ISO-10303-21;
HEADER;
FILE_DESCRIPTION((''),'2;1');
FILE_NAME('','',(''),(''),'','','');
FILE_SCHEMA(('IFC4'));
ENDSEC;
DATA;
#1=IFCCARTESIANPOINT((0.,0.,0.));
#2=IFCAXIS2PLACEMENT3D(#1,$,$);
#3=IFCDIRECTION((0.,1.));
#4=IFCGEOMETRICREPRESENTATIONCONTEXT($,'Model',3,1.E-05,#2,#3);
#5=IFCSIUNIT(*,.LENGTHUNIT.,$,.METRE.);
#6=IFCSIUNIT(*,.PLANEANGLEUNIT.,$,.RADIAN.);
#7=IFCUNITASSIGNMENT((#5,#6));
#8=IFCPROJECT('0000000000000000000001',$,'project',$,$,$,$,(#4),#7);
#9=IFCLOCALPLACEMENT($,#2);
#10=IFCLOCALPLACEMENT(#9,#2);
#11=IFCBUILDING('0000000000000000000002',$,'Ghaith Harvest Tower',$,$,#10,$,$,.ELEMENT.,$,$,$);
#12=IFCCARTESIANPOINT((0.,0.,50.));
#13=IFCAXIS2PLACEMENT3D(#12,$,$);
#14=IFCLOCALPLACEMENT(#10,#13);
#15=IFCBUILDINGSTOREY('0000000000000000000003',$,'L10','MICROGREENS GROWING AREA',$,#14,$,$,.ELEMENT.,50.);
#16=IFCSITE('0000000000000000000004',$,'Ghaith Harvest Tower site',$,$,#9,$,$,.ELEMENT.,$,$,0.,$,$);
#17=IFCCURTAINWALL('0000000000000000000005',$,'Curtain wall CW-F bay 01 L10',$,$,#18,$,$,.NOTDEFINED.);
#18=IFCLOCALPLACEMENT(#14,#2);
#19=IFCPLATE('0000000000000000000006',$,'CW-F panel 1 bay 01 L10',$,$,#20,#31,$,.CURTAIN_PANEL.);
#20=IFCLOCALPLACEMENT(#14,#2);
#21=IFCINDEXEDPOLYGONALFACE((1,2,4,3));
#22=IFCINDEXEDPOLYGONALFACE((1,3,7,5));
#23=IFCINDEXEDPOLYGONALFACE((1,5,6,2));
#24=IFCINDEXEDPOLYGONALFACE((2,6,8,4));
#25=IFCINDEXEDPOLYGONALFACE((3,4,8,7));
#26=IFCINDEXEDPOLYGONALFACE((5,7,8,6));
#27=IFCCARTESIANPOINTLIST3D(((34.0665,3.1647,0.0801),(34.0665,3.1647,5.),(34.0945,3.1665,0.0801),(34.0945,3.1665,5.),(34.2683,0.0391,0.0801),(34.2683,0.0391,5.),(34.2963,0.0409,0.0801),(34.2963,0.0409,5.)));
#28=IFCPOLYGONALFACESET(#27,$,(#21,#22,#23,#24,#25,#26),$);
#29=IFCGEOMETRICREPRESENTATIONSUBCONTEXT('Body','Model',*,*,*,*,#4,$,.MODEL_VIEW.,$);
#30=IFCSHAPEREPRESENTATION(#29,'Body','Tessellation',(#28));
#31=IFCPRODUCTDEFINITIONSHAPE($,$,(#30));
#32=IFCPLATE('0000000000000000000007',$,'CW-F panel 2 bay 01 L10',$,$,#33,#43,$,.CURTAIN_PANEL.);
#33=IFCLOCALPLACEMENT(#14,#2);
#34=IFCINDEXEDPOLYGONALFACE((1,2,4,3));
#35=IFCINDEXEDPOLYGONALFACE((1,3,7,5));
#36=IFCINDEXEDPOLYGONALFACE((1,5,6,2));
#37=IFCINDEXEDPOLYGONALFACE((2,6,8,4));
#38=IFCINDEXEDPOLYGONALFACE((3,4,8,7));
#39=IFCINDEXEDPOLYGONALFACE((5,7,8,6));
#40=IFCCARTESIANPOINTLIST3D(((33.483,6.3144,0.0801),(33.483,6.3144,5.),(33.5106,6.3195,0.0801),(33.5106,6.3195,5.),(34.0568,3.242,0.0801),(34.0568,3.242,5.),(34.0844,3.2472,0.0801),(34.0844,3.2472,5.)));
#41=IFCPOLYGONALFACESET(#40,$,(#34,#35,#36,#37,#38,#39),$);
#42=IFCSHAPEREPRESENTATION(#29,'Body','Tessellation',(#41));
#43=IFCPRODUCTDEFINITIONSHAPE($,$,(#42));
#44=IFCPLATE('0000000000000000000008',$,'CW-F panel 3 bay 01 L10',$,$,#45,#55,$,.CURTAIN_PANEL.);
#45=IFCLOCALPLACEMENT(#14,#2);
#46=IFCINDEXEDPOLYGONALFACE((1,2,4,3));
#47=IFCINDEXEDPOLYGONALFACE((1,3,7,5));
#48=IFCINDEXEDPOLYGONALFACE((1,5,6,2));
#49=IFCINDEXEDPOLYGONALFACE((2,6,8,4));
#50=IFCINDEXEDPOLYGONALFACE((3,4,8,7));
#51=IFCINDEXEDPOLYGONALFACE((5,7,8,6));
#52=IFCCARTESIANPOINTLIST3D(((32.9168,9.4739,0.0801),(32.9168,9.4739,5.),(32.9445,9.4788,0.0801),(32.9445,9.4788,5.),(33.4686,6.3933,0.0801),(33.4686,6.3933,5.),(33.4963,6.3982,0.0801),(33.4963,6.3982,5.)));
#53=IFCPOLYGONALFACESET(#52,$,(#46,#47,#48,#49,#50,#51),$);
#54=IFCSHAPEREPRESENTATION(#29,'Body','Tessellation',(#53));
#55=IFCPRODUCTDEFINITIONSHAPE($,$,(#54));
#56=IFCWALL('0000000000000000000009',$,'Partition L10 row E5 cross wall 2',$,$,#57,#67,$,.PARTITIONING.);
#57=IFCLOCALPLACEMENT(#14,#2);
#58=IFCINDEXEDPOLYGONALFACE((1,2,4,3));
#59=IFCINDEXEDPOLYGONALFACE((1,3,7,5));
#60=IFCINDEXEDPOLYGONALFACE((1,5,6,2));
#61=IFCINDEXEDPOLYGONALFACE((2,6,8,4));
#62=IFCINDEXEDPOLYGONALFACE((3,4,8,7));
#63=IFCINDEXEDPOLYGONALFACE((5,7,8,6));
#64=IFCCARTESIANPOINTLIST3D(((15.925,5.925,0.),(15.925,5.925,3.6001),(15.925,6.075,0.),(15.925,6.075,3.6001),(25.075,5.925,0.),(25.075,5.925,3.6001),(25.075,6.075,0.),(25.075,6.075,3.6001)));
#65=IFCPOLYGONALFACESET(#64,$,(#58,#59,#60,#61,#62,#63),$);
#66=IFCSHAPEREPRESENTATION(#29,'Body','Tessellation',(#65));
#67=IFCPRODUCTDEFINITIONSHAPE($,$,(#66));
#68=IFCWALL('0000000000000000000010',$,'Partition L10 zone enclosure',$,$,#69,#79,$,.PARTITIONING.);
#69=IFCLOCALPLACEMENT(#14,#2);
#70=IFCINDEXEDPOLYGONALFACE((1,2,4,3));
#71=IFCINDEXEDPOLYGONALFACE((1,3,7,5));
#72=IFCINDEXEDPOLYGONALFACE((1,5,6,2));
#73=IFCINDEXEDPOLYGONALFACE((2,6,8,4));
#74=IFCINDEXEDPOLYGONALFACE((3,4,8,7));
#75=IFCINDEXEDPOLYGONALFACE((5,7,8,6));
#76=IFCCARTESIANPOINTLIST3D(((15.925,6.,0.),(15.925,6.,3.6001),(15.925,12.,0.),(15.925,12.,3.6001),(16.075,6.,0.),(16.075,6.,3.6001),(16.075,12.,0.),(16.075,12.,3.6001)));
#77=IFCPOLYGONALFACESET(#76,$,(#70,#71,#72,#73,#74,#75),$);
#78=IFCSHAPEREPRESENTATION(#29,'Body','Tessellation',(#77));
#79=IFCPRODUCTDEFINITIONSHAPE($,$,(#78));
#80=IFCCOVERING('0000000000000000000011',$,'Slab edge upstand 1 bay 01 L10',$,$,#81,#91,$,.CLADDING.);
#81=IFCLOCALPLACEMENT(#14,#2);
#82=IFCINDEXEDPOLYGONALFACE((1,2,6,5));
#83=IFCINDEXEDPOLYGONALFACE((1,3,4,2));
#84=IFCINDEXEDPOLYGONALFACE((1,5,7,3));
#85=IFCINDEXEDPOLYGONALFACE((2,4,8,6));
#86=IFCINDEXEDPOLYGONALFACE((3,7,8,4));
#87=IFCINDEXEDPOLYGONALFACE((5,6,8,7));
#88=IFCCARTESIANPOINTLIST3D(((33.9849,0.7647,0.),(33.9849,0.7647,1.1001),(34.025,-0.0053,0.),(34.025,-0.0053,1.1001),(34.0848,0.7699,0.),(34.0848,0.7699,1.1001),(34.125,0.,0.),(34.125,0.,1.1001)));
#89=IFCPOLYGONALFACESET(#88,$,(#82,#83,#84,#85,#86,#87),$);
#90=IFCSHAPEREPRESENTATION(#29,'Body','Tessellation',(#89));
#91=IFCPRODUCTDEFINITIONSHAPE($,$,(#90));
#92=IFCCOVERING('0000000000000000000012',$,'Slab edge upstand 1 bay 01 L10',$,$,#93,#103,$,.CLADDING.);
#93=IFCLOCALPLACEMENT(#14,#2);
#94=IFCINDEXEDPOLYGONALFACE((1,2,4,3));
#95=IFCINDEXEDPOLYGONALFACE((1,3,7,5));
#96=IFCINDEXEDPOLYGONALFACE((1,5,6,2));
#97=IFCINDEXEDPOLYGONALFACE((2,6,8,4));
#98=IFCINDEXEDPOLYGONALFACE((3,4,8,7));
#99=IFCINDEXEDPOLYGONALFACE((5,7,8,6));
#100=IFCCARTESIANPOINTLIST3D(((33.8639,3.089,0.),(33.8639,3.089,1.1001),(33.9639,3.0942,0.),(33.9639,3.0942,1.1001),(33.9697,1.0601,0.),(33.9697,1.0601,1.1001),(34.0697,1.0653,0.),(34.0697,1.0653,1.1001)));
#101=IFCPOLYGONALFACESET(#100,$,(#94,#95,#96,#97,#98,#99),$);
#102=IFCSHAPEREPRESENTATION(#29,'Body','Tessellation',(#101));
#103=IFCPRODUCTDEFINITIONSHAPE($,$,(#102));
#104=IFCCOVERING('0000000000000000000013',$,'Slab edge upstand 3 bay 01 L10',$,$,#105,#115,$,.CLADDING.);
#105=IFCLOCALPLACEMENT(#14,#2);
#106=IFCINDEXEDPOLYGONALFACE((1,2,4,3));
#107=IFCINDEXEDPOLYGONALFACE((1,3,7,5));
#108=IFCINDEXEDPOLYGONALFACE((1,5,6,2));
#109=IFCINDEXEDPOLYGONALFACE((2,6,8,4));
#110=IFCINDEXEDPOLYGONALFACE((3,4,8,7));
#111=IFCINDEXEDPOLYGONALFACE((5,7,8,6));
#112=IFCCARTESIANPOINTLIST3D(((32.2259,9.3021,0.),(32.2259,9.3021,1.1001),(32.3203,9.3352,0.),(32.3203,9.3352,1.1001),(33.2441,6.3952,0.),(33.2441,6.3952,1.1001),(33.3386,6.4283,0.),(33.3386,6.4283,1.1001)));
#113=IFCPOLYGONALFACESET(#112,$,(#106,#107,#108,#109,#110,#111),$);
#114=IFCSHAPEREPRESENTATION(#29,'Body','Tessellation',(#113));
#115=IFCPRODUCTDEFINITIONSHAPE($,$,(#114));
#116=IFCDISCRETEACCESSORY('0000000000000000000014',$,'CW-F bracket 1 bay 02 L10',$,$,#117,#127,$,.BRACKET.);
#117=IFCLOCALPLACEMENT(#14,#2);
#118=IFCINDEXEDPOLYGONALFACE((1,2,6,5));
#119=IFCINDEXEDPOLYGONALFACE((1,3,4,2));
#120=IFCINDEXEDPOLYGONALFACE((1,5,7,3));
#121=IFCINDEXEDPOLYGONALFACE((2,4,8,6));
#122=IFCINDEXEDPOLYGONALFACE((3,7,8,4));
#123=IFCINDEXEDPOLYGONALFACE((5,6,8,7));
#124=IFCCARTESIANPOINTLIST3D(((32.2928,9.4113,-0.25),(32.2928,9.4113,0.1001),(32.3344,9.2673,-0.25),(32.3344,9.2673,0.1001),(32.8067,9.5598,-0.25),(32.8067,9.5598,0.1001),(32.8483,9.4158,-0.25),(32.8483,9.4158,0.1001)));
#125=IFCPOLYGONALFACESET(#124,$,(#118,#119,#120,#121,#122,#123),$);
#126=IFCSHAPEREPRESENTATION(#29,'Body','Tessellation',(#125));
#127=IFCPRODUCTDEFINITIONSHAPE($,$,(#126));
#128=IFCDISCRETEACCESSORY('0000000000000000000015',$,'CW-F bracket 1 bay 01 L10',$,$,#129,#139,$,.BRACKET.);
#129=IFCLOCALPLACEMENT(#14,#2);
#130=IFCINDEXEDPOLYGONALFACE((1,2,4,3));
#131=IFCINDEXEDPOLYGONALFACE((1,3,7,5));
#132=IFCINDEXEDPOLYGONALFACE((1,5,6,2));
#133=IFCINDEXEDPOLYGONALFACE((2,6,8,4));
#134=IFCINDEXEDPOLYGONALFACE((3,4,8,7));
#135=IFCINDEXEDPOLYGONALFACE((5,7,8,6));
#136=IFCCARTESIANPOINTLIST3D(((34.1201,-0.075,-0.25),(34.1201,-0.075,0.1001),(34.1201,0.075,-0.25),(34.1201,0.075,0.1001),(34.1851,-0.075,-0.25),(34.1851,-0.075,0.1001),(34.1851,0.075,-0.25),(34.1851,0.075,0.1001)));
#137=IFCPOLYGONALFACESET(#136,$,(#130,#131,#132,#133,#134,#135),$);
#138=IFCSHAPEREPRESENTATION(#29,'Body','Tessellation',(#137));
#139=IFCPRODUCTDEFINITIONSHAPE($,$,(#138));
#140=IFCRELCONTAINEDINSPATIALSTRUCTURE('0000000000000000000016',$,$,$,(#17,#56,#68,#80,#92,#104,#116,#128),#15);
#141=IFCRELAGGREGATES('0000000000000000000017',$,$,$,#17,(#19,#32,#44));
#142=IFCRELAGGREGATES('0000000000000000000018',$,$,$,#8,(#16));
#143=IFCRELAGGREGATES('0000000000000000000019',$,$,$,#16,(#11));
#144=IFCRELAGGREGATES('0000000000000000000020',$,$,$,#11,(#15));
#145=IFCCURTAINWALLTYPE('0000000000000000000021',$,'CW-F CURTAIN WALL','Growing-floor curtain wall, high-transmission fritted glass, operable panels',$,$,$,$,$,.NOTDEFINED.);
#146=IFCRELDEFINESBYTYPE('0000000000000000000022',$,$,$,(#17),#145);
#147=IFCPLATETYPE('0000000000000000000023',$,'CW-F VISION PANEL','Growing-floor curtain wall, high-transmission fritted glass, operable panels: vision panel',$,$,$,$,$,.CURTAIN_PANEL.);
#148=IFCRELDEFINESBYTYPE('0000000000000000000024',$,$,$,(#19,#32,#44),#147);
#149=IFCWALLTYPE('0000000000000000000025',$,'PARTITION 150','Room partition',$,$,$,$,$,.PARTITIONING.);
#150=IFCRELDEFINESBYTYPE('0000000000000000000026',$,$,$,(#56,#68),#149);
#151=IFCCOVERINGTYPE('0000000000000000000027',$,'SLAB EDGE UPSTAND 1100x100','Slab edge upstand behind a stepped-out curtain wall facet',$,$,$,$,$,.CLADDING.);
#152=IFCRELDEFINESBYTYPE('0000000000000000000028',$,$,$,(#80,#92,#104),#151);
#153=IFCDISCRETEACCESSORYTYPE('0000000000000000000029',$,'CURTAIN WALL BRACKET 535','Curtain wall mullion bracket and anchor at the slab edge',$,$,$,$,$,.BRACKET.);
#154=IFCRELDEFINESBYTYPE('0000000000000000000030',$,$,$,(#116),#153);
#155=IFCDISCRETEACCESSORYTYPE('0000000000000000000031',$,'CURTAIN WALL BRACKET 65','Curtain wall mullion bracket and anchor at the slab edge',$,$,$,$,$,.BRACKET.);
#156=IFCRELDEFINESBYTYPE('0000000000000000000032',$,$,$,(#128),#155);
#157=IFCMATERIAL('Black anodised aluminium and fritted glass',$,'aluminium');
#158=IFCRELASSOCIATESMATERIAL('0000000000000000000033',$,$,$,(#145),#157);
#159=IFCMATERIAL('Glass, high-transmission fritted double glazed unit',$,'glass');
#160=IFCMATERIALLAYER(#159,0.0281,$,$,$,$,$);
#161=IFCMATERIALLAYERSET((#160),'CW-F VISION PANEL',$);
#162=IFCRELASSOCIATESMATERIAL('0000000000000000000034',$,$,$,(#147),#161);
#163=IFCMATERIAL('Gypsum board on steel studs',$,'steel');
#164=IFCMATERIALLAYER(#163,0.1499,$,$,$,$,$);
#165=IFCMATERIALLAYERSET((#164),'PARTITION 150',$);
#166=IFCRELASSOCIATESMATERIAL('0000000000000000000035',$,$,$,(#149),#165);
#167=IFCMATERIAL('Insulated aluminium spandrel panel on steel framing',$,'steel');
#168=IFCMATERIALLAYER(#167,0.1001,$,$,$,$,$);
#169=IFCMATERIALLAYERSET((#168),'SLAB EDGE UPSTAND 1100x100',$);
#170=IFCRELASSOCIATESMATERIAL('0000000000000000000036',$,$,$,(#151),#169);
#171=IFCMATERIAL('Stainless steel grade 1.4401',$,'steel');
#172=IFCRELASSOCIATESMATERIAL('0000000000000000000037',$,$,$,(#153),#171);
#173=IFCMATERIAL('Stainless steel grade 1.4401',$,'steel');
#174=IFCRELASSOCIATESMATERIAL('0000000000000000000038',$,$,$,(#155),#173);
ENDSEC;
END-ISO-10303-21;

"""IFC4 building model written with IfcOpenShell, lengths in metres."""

from ifc_helpers import new_model, si_unit, direction, frame, frame_2d, origin, origin_2d, place, context, subcontext, project, spatial, rectangle, extrude, material, layer, layer_set, type_object, element, aggregate, save


model = new_model("IFC4")

# Units and contexts
model_context = context("Model", 3, precision=1e-05, world=origin(), true_north=direction((0.0, 1.0)))
body_context = subcontext(model_context, "Body", "Model", "MODEL_VIEW")
ifc_project = project(units=[si_unit("LENGTHUNIT", "METRE"), si_unit("PLANEANGLEUNIT", "RADIAN")], contexts=[model_context])

# Site, building, storey
site_placement = place(None, origin())
site = spatial("IfcSite", under=ifc_project, at=site_placement, Name="Ghaith Harvest Tower site", CompositionType="ELEMENT", RefElevation=0.0)
building_placement = place(site_placement, origin())
building = spatial("IfcBuilding", under=site, at=building_placement, Name="Ghaith Harvest Tower", CompositionType="ELEMENT")
storey_placement = place(building_placement, frame((0.0, 0.0, 50.0)))
storey = spatial("IfcBuildingStorey", under=building, at=storey_placement, Name="L10", Description="MICROGREENS GROWING AREA", CompositionType="ELEMENT", Elevation=50.0)

# Curtain wall
ifc_material_1 = material(Name="Black anodised aluminium and fritted glass", Category="aluminium")
curtain_wall_type = type_object("IfcCurtainWallType", Name="CW-F CURTAIN WALL", Description="Growing-floor curtain wall, high-transmission fritted glass, operable panels", PredefinedType="NOTDEFINED", material=ifc_material_1)
curtain_wall_1_placement = place(storey_placement, origin())
curtain_wall_1 = element("IfcCurtainWall", 1, at=curtain_wall_1_placement, inside=storey, type_object=curtain_wall_type, Name="Curtain wall CW-F bay 01 L10", PredefinedType="NOTDEFINED")

# Plates
ifc_material_2 = material(Name="Glass, high-transmission fritted double glazed unit", Category="glass")
ifc_layer_1 = layer(ifc_material_2, 0.0281)
ifc_layer_set_1 = layer_set([ifc_layer_1], Name="CW-F VISION PANEL")
plate_type = type_object("IfcPlateType", Name="CW-F VISION PANEL", Description="Growing-floor curtain wall, high-transmission fritted glass, operable panels: vision panel", PredefinedType="CURTAIN_PANEL", material=ifc_layer_set_1)
plate_1_placement = place(storey_placement, frame((34.1814, 1.6028, 0.0801), z_axis=(0.0, 0.0, 1.0), x_axis=(-0.064446, 0.997921, 0.0)))
plate_1 = element("IfcPlate", 2, at=plate_1_placement, type_object=plate_type, Name="CW-F panel 1 bay 01 L10", PredefinedType="CURTAIN_PANEL", context=body_context, shape_type="SweptSolid", body=[
    extrude(rectangle(XDim=3.1321, YDim=0.0281, at=origin_2d()), origin(), (0.0, 0.0, 1.0), 4.9199),
])
plate_2_placement = place(storey_placement, frame((33.7837, 4.7808, 0.0801), z_axis=(0.0, 0.0, 1.0), x_axis=(-0.183569, 0.983007, 0.0)))
plate_2 = element("IfcPlate", 3, at=plate_2_placement, type_object=plate_type, Name="CW-F panel 2 bay 01 L10", PredefinedType="CURTAIN_PANEL", context=body_context, shape_type="SweptSolid", body=[
    extrude(rectangle(XDim=3.1255, YDim=0.0281, at=origin_2d()), origin(), (0.0, 0.0, 1.0), 4.9199),
])
plate_3_placement = place(storey_placement, frame((33.2065, 7.936, 0.0801), z_axis=(0.0, 0.0, 1.0), x_axis=(-0.17632, 0.984333, 0.0)))
plate_3 = element("IfcPlate", 4, at=plate_3_placement, type_object=plate_type, Name="CW-F panel 3 bay 01 L10", PredefinedType="CURTAIN_PANEL", context=body_context, shape_type="SweptSolid", body=[
    extrude(rectangle(XDim=3.1296, YDim=0.0281, at=origin_2d()), origin(), (0.0, 0.0, 1.0), 4.9199),
])
aggregate(curtain_wall_1, [plate_1, plate_2, plate_3])

# Walls
ifc_material_3 = material(Name="Gypsum board on steel studs", Category="steel")
ifc_layer_2 = layer(ifc_material_3, 0.1499)
ifc_layer_set_2 = layer_set([ifc_layer_2], Name="PARTITION 150")
wall_type_1 = type_object("IfcWallType", Name="PARTITION 150", Description="Room partition", PredefinedType="PARTITIONING", material=ifc_layer_set_2)
wall_1_placement = place(storey_placement, frame((15.925, 6.0, 0.0), z_axis=(0.0, 0.0, 1.0), x_axis=(1.0, 0.0, 0.0)))
element("IfcWall", 5, at=wall_1_placement, inside=storey, type_object=wall_type_1, Name="Partition L10 row E5 cross wall 2", PredefinedType="PARTITIONING", context=body_context, shape_type="SweptSolid", body=[
    extrude(rectangle(XDim=9.1499, YDim=0.1499, at=frame_2d((4.575, 0.0))), origin(), (0.0, 0.0, 1.0), 3.6001),
])
wall_2_placement = place(storey_placement, frame((16.0, 6.0, 0.0), z_axis=(0.0, 0.0, 1.0), x_axis=(0.0, 1.0, 0.0)))
element("IfcWall", 6, at=wall_2_placement, inside=storey, type_object=wall_type_1, Name="Partition L10 zone enclosure", PredefinedType="PARTITIONING", context=body_context, shape_type="SweptSolid", body=[
    extrude(rectangle(XDim=6.0, YDim=0.1499, at=frame_2d((3.0, 0.0))), origin(), (0.0, 0.0, 1.0), 3.6001),
])

# Coverings
ifc_material_4 = material(Name="Insulated aluminium spandrel panel on steel framing", Category="steel")
ifc_layer_3 = layer(ifc_material_4, 0.1001)
ifc_layer_set_3 = layer_set([ifc_layer_3], Name="SLAB EDGE UPSTAND 1100x100")
covering_type = type_object("IfcCoveringType", Name="SLAB EDGE UPSTAND 1100x100", Description="Slab edge upstand behind a stepped-out curtain wall facet", PredefinedType="CLADDING", material=ifc_layer_set_3)
covering_1_placement = place(storey_placement, frame((34.0549, 0.3823, 0.0), z_axis=(0.0, 0.0, 1.0), x_axis=(-0.052049, 0.998645, 0.0)))
element("IfcCovering", 7, at=covering_1_placement, inside=storey, type_object=covering_type, Name="Slab edge upstand 1 bay 01 L10", PredefinedType="CLADDING", context=body_context, shape_type="SweptSolid", body=[
    extrude(rectangle(XDim=0.771, YDim=0.1001, at=origin_2d()), origin(), (0.0, 0.0, 1.0), 1.1001),
])
covering_2_placement = place(storey_placement, frame((33.9668, 2.0771, 0.0), z_axis=(0.0, 0.0, 1.0), x_axis=(-0.052049, 0.998645, 0.0)))
element("IfcCovering", 8, at=covering_2_placement, inside=storey, type_object=covering_type, Name="Slab edge upstand 1 bay 01 L10", PredefinedType="CLADDING", context=body_context, shape_type="SweptSolid", body=[
    extrude(rectangle(XDim=2.0317, YDim=0.1001, at=origin_2d()), origin(), (0.0, 0.0, 1.0), 1.1001),
])
covering_3_placement = place(storey_placement, frame((32.7822, 7.8652, 0.0), z_axis=(0.0, 0.0, 1.0), x_axis=(-0.330598, 0.943772, 0.0)))
element("IfcCovering", 9, at=covering_3_placement, inside=storey, type_object=covering_type, Name="Slab edge upstand 3 bay 01 L10", PredefinedType="CLADDING", context=body_context, shape_type="SweptSolid", body=[
    extrude(rectangle(XDim=3.0801, YDim=0.1001, at=origin_2d()), origin(), (0.0, 0.0, 1.0), 1.1001),
])

# Discrete accessories
ifc_material_5 = material(Name="Stainless steel grade 1.4401", Category="steel")
discrete_accessory_type_1 = type_object("IfcDiscreteAccessoryType", Name="CURTAIN WALL BRACKET 535", Description="Curtain wall mullion bracket and anchor at the slab edge", PredefinedType="BRACKET", material=ifc_material_5)
discrete_accessory_1_placement = place(storey_placement, frame((32.5706, 9.4136, -0.25), z_axis=(0.0, 0.0, 1.0), x_axis=(0.96068, 0.277657, 0.0)))
element("IfcDiscreteAccessory", 10, at=discrete_accessory_1_placement, inside=storey, type_object=discrete_accessory_type_1, Name="CW-F bracket 1 bay 02 L10", PredefinedType="BRACKET", context=body_context, shape_type="SweptSolid", body=[
    extrude(rectangle(XDim=0.5349, YDim=0.1499, at=origin_2d()), origin(), (0.0, 0.0, 1.0), 0.3501),
])
ifc_material_6 = material(Name="Stainless steel grade 1.4401", Category="steel")
discrete_accessory_type_2 = type_object("IfcDiscreteAccessoryType", Name="CURTAIN WALL BRACKET 65", Description="Curtain wall mullion bracket and anchor at the slab edge", PredefinedType="BRACKET", material=ifc_material_6)
discrete_accessory_2_placement = place(storey_placement, frame((34.1526, 0.0, -0.25), z_axis=(0.0, 0.0, 1.0), x_axis=(1.0, 0.0, 0.0)))
element("IfcDiscreteAccessory", 11, at=discrete_accessory_2_placement, inside=storey, type_object=discrete_accessory_type_2, Name="CW-F bracket 1 bay 01 L10", PredefinedType="BRACKET", context=body_context, shape_type="SweptSolid", body=[
    extrude(rectangle(XDim=0.0649, YDim=0.1499, at=origin_2d()), origin(), (0.0, 0.0, 1.0), 0.3501),
])

save(model, "model.ifc")
